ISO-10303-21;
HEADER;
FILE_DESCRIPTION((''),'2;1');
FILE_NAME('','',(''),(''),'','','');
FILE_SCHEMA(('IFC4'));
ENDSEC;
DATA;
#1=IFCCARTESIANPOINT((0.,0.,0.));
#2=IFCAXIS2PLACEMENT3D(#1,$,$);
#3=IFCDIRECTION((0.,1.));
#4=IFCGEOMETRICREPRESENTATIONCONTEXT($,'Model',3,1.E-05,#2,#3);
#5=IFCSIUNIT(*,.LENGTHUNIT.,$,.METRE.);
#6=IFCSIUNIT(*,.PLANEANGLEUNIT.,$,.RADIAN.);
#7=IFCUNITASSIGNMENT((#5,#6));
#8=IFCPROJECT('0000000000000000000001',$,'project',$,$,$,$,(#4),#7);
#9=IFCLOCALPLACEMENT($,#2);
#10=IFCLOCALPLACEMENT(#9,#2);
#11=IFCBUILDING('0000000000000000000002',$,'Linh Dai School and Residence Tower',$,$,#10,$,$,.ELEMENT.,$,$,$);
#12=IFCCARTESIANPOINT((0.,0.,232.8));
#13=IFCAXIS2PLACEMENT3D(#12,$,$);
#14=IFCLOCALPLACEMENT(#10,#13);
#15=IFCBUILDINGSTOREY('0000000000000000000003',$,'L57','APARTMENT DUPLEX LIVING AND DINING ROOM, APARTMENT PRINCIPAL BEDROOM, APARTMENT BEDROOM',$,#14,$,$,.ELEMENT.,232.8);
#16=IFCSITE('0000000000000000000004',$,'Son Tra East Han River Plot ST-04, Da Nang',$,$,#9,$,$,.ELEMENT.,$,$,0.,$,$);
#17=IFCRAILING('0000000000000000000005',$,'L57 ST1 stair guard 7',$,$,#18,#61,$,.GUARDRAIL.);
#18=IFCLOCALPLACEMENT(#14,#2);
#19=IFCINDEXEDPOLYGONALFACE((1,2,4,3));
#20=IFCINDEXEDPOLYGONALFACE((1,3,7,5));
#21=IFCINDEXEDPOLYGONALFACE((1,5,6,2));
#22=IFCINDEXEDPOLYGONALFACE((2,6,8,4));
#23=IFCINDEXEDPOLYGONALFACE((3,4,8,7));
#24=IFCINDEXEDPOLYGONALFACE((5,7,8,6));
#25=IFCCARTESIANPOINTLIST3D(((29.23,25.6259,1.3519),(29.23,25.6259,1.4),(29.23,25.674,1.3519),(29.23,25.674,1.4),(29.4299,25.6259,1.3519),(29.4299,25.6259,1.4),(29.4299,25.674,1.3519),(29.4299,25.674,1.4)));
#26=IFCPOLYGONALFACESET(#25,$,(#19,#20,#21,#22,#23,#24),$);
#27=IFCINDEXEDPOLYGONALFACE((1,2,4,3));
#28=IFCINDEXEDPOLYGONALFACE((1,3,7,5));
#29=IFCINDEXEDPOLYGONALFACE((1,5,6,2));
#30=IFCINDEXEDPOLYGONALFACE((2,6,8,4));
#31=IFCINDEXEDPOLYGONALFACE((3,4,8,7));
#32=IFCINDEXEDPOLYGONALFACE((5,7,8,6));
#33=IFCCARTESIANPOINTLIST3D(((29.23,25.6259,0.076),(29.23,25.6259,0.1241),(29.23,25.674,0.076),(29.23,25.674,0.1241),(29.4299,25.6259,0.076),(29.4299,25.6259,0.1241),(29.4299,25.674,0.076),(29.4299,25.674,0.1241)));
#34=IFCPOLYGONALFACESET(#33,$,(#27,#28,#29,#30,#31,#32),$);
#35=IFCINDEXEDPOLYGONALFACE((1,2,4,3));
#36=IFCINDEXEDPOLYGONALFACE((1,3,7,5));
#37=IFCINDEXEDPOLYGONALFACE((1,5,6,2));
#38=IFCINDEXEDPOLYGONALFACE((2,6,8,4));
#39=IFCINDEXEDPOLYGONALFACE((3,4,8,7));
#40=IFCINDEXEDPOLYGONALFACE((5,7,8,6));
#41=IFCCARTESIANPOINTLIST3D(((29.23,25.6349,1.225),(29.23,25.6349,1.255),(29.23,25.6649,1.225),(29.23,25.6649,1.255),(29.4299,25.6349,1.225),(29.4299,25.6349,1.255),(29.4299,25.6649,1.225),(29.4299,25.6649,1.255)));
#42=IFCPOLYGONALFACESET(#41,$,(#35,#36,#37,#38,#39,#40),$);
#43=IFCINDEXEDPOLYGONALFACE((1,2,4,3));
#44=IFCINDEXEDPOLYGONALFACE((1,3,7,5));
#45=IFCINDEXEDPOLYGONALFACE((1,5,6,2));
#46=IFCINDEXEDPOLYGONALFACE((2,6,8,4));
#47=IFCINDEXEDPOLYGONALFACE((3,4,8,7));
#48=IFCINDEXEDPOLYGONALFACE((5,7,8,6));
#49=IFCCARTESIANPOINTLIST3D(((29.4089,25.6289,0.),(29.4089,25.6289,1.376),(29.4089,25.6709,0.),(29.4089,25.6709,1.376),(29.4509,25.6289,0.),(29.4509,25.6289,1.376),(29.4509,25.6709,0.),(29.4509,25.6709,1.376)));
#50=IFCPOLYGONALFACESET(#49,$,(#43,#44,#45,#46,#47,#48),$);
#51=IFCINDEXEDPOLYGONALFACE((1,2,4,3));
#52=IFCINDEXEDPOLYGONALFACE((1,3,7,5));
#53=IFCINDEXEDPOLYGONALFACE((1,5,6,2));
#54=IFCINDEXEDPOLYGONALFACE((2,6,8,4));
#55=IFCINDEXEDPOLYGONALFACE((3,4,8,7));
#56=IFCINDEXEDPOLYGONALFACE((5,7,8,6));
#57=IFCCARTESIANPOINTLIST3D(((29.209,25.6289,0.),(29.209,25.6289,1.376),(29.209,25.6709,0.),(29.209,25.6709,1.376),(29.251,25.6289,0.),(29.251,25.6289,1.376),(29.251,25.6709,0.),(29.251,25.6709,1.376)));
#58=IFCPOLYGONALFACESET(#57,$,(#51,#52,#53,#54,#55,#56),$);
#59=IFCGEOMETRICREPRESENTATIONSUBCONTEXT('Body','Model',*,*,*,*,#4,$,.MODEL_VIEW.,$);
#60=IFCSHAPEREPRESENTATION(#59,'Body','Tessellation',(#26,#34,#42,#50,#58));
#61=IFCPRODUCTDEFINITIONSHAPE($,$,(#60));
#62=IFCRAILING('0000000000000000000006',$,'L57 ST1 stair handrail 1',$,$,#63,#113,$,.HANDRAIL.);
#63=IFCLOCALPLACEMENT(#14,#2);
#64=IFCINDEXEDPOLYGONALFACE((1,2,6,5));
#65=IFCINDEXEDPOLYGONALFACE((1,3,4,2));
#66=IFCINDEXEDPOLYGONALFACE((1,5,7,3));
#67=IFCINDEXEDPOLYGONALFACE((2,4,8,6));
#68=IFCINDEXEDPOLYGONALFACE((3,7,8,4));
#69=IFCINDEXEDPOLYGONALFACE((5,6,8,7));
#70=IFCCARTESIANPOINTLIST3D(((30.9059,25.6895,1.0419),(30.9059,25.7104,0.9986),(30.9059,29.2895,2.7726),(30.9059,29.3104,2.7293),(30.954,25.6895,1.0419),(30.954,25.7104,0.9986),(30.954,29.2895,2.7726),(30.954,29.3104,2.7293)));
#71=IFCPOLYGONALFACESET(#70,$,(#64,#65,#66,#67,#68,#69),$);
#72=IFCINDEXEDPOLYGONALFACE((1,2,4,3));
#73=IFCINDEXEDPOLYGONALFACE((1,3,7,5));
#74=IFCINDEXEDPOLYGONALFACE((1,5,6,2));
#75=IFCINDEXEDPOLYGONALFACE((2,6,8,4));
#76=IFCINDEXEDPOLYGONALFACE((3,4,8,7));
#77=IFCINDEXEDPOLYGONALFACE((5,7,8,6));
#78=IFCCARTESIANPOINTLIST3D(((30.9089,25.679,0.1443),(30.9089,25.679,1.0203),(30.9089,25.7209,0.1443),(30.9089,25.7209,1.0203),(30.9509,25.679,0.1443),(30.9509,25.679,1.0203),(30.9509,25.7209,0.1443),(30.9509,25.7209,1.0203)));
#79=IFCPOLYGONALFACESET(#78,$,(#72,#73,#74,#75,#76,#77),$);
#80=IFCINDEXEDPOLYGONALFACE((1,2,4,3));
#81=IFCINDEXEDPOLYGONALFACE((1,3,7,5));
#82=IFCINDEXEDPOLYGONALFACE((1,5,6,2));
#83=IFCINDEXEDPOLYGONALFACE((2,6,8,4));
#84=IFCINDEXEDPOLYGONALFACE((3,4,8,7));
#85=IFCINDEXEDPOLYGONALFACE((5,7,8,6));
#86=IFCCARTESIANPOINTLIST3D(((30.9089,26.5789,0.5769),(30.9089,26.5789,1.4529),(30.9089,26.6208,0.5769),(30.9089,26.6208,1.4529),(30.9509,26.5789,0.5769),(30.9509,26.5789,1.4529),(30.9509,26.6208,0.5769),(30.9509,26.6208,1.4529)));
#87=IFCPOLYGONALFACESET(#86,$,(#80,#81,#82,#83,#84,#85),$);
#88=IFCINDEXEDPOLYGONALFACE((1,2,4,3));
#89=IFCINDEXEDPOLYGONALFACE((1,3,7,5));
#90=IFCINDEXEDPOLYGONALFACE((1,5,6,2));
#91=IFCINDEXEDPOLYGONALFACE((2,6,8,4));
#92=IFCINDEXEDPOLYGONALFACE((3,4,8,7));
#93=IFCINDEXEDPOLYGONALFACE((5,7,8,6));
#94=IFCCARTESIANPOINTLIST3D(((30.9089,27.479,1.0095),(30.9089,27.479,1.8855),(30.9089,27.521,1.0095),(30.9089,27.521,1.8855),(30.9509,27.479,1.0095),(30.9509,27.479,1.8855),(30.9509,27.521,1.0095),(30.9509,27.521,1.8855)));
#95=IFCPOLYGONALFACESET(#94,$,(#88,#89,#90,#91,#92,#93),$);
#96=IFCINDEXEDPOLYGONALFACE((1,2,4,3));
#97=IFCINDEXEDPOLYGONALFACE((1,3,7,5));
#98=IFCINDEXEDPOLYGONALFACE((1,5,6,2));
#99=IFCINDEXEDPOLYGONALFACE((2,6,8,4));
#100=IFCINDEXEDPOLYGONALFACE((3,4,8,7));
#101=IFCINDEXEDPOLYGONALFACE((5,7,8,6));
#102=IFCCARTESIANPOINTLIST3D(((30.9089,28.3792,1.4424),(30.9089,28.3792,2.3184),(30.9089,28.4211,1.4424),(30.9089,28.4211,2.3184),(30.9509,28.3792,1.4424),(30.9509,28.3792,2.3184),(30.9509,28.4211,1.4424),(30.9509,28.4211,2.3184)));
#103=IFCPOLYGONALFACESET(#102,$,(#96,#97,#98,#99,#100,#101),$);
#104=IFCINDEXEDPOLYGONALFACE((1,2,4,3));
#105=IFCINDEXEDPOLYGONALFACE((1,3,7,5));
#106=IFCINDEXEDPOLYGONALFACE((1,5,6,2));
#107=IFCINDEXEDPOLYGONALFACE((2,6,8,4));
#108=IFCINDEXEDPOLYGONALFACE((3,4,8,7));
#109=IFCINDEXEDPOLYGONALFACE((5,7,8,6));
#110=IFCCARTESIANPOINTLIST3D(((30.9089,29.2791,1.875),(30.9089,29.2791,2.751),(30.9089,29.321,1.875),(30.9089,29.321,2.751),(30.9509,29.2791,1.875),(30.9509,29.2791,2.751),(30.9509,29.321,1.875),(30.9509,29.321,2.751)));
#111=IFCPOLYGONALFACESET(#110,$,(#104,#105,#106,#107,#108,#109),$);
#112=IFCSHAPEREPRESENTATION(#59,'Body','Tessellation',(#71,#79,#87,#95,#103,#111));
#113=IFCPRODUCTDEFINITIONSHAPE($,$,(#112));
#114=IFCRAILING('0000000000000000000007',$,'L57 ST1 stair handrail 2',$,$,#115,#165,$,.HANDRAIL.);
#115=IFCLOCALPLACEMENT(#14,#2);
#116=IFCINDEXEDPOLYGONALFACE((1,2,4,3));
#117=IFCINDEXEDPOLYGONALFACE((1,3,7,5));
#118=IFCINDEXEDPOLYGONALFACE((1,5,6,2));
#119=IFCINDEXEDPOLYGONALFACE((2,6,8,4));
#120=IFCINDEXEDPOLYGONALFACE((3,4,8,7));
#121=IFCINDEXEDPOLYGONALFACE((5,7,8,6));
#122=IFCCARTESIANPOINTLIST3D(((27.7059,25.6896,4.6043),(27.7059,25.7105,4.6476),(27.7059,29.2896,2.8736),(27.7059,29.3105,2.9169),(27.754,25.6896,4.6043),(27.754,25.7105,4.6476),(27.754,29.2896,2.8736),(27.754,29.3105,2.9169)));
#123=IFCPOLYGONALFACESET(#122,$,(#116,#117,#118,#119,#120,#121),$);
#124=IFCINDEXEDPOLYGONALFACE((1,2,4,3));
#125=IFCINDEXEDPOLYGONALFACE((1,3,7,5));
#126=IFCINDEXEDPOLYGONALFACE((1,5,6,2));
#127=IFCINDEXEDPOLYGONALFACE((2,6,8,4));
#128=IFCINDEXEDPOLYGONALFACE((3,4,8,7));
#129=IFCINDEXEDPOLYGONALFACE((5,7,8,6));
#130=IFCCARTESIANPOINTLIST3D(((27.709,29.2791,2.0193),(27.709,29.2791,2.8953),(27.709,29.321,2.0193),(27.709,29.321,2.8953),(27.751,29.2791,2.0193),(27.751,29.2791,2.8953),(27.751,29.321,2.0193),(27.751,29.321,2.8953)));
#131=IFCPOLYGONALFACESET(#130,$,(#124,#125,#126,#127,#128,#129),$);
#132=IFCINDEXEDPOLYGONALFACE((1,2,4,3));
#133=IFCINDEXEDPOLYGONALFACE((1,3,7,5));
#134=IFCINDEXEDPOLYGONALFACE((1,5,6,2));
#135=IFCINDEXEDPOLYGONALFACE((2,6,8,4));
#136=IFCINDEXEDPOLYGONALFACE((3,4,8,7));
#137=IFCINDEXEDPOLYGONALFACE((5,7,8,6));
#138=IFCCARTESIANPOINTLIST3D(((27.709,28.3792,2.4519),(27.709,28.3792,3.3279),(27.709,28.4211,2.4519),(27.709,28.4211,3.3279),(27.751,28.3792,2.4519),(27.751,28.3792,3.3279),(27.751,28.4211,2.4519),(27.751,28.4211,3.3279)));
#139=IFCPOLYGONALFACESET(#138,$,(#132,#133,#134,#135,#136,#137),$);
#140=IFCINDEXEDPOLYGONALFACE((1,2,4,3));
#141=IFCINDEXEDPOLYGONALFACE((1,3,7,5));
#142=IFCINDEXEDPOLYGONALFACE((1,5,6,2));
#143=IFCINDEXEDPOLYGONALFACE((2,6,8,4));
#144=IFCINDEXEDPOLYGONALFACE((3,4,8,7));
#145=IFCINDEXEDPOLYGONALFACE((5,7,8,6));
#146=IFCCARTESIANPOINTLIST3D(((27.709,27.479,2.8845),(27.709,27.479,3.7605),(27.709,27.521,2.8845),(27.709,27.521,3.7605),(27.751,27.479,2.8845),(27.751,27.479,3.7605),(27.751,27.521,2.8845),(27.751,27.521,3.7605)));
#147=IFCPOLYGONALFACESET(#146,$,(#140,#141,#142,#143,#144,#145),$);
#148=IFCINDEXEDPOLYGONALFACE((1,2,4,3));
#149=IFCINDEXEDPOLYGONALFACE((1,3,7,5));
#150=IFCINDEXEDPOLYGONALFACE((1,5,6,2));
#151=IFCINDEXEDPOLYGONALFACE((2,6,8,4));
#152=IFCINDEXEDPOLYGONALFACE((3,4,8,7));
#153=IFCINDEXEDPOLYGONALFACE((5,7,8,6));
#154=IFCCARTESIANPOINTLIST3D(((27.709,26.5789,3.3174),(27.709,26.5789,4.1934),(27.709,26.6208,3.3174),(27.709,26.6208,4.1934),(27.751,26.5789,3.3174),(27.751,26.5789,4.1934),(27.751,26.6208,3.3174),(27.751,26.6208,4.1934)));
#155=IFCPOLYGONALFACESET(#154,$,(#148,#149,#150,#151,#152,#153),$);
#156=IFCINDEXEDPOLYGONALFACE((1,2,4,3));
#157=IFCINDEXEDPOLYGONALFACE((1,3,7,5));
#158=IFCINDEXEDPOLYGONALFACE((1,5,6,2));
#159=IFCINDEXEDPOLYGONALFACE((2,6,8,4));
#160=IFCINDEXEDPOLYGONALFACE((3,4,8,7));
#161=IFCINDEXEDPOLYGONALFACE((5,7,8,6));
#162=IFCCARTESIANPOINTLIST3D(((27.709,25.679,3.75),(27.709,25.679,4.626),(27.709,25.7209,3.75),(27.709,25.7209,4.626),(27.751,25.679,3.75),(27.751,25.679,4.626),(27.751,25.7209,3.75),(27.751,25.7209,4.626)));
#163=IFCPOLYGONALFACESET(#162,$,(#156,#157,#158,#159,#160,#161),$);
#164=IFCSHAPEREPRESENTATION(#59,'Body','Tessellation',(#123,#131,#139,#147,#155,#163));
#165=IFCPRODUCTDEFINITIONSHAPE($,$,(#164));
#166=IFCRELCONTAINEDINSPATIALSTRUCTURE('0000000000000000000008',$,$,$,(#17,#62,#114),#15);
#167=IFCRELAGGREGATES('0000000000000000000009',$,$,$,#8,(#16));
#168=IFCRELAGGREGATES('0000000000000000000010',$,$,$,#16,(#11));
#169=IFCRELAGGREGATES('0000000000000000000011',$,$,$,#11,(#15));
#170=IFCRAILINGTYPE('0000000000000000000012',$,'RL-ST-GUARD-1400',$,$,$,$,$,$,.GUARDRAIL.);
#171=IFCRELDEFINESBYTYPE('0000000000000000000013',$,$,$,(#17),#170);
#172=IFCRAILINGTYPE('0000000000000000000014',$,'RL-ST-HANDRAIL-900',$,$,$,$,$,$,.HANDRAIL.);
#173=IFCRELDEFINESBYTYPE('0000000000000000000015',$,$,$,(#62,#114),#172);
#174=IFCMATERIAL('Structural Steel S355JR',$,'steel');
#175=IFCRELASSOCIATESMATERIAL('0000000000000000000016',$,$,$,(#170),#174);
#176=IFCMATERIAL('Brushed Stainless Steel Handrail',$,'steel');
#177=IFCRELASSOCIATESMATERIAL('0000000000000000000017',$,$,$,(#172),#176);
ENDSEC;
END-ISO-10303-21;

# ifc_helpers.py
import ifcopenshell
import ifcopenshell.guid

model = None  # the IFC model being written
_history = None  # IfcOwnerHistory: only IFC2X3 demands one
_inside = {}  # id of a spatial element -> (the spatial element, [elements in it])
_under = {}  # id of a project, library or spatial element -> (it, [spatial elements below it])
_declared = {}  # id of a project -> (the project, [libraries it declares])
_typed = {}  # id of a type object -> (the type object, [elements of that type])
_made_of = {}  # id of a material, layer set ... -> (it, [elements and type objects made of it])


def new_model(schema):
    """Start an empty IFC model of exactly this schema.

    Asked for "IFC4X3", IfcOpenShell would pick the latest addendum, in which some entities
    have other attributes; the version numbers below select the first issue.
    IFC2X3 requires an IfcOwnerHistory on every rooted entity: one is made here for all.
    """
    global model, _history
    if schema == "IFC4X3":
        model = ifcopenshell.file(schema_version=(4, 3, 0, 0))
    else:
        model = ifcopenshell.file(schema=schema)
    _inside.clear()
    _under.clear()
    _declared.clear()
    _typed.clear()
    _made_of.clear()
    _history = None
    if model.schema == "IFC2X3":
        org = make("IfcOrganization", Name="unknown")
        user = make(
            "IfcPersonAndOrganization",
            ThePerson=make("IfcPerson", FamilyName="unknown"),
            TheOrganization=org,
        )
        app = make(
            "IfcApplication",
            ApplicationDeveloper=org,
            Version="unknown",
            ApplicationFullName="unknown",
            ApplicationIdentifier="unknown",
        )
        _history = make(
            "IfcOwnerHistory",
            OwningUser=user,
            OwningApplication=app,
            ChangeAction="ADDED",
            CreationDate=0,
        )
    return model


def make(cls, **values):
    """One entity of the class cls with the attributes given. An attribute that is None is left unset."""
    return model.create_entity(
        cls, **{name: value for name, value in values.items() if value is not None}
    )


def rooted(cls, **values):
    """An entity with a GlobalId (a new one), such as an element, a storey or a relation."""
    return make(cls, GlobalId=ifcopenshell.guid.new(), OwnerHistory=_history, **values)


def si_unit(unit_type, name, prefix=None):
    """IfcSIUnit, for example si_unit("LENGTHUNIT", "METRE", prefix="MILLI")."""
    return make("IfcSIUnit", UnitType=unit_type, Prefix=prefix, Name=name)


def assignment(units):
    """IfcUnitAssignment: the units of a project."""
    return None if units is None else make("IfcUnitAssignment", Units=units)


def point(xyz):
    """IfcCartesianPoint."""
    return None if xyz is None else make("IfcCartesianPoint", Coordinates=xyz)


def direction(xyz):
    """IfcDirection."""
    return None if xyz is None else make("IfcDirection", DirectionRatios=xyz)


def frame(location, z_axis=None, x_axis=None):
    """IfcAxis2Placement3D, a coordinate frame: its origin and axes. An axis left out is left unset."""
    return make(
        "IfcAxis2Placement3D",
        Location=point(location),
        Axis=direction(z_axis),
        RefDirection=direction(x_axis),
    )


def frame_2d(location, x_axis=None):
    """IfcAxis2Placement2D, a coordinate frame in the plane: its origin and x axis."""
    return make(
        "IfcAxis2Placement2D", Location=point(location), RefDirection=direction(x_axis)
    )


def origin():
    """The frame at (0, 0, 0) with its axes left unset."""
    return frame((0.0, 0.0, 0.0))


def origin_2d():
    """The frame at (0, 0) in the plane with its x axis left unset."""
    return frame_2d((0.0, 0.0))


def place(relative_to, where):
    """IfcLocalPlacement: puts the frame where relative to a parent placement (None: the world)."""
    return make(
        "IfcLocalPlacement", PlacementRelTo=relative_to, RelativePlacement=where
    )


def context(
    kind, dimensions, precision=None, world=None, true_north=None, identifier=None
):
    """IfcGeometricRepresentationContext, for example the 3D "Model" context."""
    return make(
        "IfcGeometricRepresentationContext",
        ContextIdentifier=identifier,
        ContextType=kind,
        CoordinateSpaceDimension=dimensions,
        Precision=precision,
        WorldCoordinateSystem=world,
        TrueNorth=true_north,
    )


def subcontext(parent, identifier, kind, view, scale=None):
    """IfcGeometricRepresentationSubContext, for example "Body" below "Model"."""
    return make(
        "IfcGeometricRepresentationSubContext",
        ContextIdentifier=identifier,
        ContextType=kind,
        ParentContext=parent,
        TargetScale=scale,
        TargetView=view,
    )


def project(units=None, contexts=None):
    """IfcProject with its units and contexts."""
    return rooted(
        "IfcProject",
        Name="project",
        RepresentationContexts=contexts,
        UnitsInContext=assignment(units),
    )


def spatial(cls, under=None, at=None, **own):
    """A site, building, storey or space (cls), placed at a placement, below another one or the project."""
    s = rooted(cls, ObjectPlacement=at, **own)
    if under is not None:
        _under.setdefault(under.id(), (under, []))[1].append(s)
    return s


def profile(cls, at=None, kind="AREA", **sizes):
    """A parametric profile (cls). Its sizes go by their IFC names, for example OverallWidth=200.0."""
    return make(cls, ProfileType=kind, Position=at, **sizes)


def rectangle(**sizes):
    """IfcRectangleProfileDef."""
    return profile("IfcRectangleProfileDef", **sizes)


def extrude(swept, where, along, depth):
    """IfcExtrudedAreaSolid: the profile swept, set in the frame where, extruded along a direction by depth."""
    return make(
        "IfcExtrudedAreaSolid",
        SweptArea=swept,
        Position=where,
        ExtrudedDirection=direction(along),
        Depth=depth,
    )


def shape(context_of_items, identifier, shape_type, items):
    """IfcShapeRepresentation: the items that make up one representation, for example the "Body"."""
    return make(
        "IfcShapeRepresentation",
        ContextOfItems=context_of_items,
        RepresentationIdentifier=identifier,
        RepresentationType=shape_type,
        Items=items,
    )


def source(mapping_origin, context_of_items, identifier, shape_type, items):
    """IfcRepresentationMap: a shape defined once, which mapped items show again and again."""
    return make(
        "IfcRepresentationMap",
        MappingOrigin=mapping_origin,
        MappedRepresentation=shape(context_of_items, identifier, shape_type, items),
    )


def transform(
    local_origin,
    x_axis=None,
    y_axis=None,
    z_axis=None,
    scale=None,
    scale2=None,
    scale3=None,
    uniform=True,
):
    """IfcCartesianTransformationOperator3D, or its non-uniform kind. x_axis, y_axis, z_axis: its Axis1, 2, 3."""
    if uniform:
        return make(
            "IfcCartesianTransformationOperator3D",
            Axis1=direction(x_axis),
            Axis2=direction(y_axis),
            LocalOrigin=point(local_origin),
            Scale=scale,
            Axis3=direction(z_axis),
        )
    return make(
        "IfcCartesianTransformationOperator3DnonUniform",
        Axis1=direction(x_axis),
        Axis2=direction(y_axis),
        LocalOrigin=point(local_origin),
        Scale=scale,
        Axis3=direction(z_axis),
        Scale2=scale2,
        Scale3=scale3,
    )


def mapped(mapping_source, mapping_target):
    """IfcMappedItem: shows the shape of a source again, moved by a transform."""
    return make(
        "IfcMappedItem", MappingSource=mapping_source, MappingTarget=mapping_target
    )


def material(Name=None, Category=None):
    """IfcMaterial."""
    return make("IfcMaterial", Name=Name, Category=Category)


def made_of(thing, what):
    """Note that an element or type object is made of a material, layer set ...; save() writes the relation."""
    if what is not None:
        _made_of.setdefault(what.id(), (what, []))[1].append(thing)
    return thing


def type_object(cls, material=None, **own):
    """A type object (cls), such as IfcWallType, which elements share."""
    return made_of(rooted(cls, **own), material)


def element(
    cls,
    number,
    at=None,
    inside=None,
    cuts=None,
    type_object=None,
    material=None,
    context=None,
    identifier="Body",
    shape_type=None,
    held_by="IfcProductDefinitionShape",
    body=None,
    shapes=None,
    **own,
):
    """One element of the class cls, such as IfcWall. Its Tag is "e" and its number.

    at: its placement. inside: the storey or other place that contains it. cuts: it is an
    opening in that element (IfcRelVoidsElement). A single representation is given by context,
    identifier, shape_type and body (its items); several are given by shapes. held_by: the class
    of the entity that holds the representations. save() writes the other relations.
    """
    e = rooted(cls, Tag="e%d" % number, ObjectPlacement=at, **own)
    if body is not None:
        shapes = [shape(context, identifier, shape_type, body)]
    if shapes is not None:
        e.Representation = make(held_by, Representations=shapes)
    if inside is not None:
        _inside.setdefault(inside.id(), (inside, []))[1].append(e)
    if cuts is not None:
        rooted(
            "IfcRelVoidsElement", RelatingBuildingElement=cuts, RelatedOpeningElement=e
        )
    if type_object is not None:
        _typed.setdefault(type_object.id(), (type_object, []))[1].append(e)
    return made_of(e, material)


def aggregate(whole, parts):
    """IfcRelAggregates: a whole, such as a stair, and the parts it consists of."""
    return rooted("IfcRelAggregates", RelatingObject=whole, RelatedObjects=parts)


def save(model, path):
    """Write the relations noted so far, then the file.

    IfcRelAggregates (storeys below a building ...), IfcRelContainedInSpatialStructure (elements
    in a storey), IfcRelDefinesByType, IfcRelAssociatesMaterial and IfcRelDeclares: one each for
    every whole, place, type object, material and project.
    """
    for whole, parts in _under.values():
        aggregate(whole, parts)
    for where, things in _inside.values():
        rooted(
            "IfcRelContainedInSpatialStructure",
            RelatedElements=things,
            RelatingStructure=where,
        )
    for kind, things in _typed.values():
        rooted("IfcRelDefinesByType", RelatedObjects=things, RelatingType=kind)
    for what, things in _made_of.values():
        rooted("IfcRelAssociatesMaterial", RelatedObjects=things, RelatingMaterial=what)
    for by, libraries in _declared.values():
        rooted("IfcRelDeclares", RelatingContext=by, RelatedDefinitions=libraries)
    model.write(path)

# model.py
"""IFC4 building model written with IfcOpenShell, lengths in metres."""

from ifc_helpers import new_model, si_unit, direction, frame, origin, origin_2d, place, context, subcontext, project, spatial, rectangle, extrude, source, transform, mapped, material, type_object, element, save


model = new_model("IFC4")

# Units and contexts
model_context = context("Model", 3, precision=1e-05, world=origin(), true_north=direction((0.0, 1.0)))
body_context = subcontext(model_context, "Body", "Model", "MODEL_VIEW")
ifc_project = project(units=[si_unit("LENGTHUNIT", "METRE"), si_unit("PLANEANGLEUNIT", "RADIAN")], contexts=[model_context])

# Site, building, storey
site_placement = place(None, origin())
site = spatial("IfcSite", under=ifc_project, at=site_placement, Name="Son Tra East Han River Plot ST-04, Da Nang", CompositionType="ELEMENT", RefElevation=0.0)
building_placement = place(site_placement, origin())
building = spatial("IfcBuilding", under=site, at=building_placement, Name="Linh Dai School and Residence Tower", CompositionType="ELEMENT")
storey_placement = place(building_placement, frame((0.0, 0.0, 232.8)))
storey = spatial("IfcBuildingStorey", under=building, at=storey_placement, Name="L57", Description="APARTMENT DUPLEX LIVING AND DINING ROOM, APARTMENT PRINCIPAL BEDROOM, APARTMENT BEDROOM", CompositionType="ELEMENT", Elevation=232.8)

# Shared definitions
ifc_material_1 = material(Name="Structural Steel S355JR", Category="steel")

# Railings
railing_type_1 = type_object("IfcRailingType", Name="RL-ST-GUARD-1400", PredefinedType="GUARDRAIL", material=ifc_material_1)
shared_shape_1 = source(origin(), body_context, "Body", "SweptSolid", [
    extrude(rectangle(XDim=0.0481, YDim=0.0481, at=origin_2d()), frame((0.0, 0.0, 1.376), z_axis=(-1.0, 0.0, 0.0), x_axis=(0.0, -1.0, 0.0)), (0.0, 0.0, 1.0), 0.2),
    extrude(rectangle(XDim=0.0481, YDim=0.0481, at=origin_2d()), frame((0.0, 0.0, 0.1001), z_axis=(-1.0, 0.0, 0.0), x_axis=(0.0, -1.0, 0.0)), (0.0, 0.0, 1.0), 0.2),
    extrude(rectangle(XDim=0.03, YDim=0.03, at=origin_2d()), frame((0.0, 0.0, 1.24), z_axis=(-1.0, 0.0, 0.0), x_axis=(0.0, -1.0, 0.0)), (0.0, 0.0, 1.0), 0.2),
    extrude(rectangle(XDim=0.042, YDim=0.042, at=origin_2d()), origin(), (0.0, 0.0, 1.0), 1.376),
    extrude(rectangle(XDim=0.042, YDim=0.042, at=origin_2d()), frame((-0.2, 0.0, 0.0)), (0.0, 0.0, 1.0), 1.376),
])
for number, where, name in (
    (1, (29.4299, 25.6499, 0.0), "L57 ST1 stair guard 7"),
):
    element("IfcRailing", number, at=place(storey_placement, frame(where)), inside=storey, type_object=railing_type_1, Name=name, PredefinedType="GUARDRAIL", context=body_context, shape_type="MappedRepresentation", body=[
        mapped(shared_shape_1, transform((0.0, 0.0, 0.0), x_axis=(1.0, 0.0, 0.0), y_axis=(0.0, 1.0, 0.0), z_axis=(0.0, 0.0, 1.0), scale=1.0)),
    ])
ifc_material_2 = material(Name="Brushed Stainless Steel Handrail", Category="steel")
railing_type_2 = type_object("IfcRailingType", Name="RL-ST-HANDRAIL-900", PredefinedType="HANDRAIL", material=ifc_material_2)
shared_shape_2 = source(origin(), body_context, "Body", "SweptSolid", [
    extrude(rectangle(XDim=0.0481, YDim=0.0481, at=origin_2d()), frame((0.0, 0.0, 0.876), z_axis=(0.0, 0.901263, 0.433273), x_axis=(-1.0, 0.0, 0.0)), (0.0, 0.0, 1.0), 3.9944),
    extrude(rectangle(XDim=0.042, YDim=0.042, at=origin_2d()), origin(), (0.0, 0.0, 1.0), 0.876),
    extrude(rectangle(XDim=0.042, YDim=0.042, at=origin_2d()), frame((0.0, 0.8999, 0.4326)), (0.0, 0.0, 1.0), 0.876),
    extrude(rectangle(XDim=0.042, YDim=0.042, at=origin_2d()), frame((0.0, 1.8, 0.8652)), (0.0, 0.0, 1.0), 0.876),
    extrude(rectangle(XDim=0.042, YDim=0.042, at=origin_2d()), frame((0.0, 2.7002, 1.2981)), (0.0, 0.0, 1.0), 0.876),
    extrude(rectangle(XDim=0.042, YDim=0.042, at=origin_2d()), frame((0.0, 3.6001, 1.7307)), (0.0, 0.0, 1.0), 0.876),
])
railing_1_placement = place(storey_placement, frame((30.9299, 25.7, 0.1443)))
element("IfcRailing", 2, at=railing_1_placement, inside=storey, type_object=railing_type_2, Name="L57 ST1 stair handrail 1", PredefinedType="HANDRAIL", context=body_context, shape_type="MappedRepresentation", body=[
    mapped(shared_shape_2, transform((0.0, 0.0, 0.0), x_axis=(1.0, 0.0, 0.0), y_axis=(0.0, 1.0, 0.0), z_axis=(0.0, 0.0, 1.0), scale=1.0)),
])
shared_shape_3 = source(origin(), body_context, "Body", "SweptSolid", [
    extrude(rectangle(XDim=0.0481, YDim=0.0481, at=origin_2d()), frame((0.0, 0.0, 0.876), z_axis=(0.0, -0.901263, 0.433273), x_axis=(1.0, 0.0, 0.0)), (0.0, 0.0, 1.0), 3.9944),
    extrude(rectangle(XDim=0.042, YDim=0.042, at=origin_2d()), origin(), (0.0, 0.0, 1.0), 0.876),
    extrude(rectangle(XDim=0.042, YDim=0.042, at=origin_2d()), frame((0.0, -0.8999, 0.4326)), (0.0, 0.0, 1.0), 0.876),
    extrude(rectangle(XDim=0.042, YDim=0.042, at=origin_2d()), frame((0.0, -1.8, 0.8652)), (0.0, 0.0, 1.0), 0.876),
    extrude(rectangle(XDim=0.042, YDim=0.042, at=origin_2d()), frame((0.0, -2.7002, 1.2981)), (0.0, 0.0, 1.0), 0.876),
    extrude(rectangle(XDim=0.042, YDim=0.042, at=origin_2d()), frame((0.0, -3.6001, 1.7307)), (0.0, 0.0, 1.0), 0.876),
])
railing_2_placement = place(storey_placement, frame((27.73, 29.3, 2.0193)))
element("IfcRailing", 3, at=railing_2_placement, inside=storey, type_object=railing_type_2, Name="L57 ST1 stair handrail 2", PredefinedType="HANDRAIL", context=body_context, shape_type="MappedRepresentation", body=[
    mapped(shared_shape_3, transform((0.0, 0.0, 0.0), x_axis=(1.0, 0.0, 0.0), y_axis=(0.0, 1.0, 0.0), z_axis=(0.0, 0.0, 1.0), scale=1.0)),
])

save(model, "model.ifc")
